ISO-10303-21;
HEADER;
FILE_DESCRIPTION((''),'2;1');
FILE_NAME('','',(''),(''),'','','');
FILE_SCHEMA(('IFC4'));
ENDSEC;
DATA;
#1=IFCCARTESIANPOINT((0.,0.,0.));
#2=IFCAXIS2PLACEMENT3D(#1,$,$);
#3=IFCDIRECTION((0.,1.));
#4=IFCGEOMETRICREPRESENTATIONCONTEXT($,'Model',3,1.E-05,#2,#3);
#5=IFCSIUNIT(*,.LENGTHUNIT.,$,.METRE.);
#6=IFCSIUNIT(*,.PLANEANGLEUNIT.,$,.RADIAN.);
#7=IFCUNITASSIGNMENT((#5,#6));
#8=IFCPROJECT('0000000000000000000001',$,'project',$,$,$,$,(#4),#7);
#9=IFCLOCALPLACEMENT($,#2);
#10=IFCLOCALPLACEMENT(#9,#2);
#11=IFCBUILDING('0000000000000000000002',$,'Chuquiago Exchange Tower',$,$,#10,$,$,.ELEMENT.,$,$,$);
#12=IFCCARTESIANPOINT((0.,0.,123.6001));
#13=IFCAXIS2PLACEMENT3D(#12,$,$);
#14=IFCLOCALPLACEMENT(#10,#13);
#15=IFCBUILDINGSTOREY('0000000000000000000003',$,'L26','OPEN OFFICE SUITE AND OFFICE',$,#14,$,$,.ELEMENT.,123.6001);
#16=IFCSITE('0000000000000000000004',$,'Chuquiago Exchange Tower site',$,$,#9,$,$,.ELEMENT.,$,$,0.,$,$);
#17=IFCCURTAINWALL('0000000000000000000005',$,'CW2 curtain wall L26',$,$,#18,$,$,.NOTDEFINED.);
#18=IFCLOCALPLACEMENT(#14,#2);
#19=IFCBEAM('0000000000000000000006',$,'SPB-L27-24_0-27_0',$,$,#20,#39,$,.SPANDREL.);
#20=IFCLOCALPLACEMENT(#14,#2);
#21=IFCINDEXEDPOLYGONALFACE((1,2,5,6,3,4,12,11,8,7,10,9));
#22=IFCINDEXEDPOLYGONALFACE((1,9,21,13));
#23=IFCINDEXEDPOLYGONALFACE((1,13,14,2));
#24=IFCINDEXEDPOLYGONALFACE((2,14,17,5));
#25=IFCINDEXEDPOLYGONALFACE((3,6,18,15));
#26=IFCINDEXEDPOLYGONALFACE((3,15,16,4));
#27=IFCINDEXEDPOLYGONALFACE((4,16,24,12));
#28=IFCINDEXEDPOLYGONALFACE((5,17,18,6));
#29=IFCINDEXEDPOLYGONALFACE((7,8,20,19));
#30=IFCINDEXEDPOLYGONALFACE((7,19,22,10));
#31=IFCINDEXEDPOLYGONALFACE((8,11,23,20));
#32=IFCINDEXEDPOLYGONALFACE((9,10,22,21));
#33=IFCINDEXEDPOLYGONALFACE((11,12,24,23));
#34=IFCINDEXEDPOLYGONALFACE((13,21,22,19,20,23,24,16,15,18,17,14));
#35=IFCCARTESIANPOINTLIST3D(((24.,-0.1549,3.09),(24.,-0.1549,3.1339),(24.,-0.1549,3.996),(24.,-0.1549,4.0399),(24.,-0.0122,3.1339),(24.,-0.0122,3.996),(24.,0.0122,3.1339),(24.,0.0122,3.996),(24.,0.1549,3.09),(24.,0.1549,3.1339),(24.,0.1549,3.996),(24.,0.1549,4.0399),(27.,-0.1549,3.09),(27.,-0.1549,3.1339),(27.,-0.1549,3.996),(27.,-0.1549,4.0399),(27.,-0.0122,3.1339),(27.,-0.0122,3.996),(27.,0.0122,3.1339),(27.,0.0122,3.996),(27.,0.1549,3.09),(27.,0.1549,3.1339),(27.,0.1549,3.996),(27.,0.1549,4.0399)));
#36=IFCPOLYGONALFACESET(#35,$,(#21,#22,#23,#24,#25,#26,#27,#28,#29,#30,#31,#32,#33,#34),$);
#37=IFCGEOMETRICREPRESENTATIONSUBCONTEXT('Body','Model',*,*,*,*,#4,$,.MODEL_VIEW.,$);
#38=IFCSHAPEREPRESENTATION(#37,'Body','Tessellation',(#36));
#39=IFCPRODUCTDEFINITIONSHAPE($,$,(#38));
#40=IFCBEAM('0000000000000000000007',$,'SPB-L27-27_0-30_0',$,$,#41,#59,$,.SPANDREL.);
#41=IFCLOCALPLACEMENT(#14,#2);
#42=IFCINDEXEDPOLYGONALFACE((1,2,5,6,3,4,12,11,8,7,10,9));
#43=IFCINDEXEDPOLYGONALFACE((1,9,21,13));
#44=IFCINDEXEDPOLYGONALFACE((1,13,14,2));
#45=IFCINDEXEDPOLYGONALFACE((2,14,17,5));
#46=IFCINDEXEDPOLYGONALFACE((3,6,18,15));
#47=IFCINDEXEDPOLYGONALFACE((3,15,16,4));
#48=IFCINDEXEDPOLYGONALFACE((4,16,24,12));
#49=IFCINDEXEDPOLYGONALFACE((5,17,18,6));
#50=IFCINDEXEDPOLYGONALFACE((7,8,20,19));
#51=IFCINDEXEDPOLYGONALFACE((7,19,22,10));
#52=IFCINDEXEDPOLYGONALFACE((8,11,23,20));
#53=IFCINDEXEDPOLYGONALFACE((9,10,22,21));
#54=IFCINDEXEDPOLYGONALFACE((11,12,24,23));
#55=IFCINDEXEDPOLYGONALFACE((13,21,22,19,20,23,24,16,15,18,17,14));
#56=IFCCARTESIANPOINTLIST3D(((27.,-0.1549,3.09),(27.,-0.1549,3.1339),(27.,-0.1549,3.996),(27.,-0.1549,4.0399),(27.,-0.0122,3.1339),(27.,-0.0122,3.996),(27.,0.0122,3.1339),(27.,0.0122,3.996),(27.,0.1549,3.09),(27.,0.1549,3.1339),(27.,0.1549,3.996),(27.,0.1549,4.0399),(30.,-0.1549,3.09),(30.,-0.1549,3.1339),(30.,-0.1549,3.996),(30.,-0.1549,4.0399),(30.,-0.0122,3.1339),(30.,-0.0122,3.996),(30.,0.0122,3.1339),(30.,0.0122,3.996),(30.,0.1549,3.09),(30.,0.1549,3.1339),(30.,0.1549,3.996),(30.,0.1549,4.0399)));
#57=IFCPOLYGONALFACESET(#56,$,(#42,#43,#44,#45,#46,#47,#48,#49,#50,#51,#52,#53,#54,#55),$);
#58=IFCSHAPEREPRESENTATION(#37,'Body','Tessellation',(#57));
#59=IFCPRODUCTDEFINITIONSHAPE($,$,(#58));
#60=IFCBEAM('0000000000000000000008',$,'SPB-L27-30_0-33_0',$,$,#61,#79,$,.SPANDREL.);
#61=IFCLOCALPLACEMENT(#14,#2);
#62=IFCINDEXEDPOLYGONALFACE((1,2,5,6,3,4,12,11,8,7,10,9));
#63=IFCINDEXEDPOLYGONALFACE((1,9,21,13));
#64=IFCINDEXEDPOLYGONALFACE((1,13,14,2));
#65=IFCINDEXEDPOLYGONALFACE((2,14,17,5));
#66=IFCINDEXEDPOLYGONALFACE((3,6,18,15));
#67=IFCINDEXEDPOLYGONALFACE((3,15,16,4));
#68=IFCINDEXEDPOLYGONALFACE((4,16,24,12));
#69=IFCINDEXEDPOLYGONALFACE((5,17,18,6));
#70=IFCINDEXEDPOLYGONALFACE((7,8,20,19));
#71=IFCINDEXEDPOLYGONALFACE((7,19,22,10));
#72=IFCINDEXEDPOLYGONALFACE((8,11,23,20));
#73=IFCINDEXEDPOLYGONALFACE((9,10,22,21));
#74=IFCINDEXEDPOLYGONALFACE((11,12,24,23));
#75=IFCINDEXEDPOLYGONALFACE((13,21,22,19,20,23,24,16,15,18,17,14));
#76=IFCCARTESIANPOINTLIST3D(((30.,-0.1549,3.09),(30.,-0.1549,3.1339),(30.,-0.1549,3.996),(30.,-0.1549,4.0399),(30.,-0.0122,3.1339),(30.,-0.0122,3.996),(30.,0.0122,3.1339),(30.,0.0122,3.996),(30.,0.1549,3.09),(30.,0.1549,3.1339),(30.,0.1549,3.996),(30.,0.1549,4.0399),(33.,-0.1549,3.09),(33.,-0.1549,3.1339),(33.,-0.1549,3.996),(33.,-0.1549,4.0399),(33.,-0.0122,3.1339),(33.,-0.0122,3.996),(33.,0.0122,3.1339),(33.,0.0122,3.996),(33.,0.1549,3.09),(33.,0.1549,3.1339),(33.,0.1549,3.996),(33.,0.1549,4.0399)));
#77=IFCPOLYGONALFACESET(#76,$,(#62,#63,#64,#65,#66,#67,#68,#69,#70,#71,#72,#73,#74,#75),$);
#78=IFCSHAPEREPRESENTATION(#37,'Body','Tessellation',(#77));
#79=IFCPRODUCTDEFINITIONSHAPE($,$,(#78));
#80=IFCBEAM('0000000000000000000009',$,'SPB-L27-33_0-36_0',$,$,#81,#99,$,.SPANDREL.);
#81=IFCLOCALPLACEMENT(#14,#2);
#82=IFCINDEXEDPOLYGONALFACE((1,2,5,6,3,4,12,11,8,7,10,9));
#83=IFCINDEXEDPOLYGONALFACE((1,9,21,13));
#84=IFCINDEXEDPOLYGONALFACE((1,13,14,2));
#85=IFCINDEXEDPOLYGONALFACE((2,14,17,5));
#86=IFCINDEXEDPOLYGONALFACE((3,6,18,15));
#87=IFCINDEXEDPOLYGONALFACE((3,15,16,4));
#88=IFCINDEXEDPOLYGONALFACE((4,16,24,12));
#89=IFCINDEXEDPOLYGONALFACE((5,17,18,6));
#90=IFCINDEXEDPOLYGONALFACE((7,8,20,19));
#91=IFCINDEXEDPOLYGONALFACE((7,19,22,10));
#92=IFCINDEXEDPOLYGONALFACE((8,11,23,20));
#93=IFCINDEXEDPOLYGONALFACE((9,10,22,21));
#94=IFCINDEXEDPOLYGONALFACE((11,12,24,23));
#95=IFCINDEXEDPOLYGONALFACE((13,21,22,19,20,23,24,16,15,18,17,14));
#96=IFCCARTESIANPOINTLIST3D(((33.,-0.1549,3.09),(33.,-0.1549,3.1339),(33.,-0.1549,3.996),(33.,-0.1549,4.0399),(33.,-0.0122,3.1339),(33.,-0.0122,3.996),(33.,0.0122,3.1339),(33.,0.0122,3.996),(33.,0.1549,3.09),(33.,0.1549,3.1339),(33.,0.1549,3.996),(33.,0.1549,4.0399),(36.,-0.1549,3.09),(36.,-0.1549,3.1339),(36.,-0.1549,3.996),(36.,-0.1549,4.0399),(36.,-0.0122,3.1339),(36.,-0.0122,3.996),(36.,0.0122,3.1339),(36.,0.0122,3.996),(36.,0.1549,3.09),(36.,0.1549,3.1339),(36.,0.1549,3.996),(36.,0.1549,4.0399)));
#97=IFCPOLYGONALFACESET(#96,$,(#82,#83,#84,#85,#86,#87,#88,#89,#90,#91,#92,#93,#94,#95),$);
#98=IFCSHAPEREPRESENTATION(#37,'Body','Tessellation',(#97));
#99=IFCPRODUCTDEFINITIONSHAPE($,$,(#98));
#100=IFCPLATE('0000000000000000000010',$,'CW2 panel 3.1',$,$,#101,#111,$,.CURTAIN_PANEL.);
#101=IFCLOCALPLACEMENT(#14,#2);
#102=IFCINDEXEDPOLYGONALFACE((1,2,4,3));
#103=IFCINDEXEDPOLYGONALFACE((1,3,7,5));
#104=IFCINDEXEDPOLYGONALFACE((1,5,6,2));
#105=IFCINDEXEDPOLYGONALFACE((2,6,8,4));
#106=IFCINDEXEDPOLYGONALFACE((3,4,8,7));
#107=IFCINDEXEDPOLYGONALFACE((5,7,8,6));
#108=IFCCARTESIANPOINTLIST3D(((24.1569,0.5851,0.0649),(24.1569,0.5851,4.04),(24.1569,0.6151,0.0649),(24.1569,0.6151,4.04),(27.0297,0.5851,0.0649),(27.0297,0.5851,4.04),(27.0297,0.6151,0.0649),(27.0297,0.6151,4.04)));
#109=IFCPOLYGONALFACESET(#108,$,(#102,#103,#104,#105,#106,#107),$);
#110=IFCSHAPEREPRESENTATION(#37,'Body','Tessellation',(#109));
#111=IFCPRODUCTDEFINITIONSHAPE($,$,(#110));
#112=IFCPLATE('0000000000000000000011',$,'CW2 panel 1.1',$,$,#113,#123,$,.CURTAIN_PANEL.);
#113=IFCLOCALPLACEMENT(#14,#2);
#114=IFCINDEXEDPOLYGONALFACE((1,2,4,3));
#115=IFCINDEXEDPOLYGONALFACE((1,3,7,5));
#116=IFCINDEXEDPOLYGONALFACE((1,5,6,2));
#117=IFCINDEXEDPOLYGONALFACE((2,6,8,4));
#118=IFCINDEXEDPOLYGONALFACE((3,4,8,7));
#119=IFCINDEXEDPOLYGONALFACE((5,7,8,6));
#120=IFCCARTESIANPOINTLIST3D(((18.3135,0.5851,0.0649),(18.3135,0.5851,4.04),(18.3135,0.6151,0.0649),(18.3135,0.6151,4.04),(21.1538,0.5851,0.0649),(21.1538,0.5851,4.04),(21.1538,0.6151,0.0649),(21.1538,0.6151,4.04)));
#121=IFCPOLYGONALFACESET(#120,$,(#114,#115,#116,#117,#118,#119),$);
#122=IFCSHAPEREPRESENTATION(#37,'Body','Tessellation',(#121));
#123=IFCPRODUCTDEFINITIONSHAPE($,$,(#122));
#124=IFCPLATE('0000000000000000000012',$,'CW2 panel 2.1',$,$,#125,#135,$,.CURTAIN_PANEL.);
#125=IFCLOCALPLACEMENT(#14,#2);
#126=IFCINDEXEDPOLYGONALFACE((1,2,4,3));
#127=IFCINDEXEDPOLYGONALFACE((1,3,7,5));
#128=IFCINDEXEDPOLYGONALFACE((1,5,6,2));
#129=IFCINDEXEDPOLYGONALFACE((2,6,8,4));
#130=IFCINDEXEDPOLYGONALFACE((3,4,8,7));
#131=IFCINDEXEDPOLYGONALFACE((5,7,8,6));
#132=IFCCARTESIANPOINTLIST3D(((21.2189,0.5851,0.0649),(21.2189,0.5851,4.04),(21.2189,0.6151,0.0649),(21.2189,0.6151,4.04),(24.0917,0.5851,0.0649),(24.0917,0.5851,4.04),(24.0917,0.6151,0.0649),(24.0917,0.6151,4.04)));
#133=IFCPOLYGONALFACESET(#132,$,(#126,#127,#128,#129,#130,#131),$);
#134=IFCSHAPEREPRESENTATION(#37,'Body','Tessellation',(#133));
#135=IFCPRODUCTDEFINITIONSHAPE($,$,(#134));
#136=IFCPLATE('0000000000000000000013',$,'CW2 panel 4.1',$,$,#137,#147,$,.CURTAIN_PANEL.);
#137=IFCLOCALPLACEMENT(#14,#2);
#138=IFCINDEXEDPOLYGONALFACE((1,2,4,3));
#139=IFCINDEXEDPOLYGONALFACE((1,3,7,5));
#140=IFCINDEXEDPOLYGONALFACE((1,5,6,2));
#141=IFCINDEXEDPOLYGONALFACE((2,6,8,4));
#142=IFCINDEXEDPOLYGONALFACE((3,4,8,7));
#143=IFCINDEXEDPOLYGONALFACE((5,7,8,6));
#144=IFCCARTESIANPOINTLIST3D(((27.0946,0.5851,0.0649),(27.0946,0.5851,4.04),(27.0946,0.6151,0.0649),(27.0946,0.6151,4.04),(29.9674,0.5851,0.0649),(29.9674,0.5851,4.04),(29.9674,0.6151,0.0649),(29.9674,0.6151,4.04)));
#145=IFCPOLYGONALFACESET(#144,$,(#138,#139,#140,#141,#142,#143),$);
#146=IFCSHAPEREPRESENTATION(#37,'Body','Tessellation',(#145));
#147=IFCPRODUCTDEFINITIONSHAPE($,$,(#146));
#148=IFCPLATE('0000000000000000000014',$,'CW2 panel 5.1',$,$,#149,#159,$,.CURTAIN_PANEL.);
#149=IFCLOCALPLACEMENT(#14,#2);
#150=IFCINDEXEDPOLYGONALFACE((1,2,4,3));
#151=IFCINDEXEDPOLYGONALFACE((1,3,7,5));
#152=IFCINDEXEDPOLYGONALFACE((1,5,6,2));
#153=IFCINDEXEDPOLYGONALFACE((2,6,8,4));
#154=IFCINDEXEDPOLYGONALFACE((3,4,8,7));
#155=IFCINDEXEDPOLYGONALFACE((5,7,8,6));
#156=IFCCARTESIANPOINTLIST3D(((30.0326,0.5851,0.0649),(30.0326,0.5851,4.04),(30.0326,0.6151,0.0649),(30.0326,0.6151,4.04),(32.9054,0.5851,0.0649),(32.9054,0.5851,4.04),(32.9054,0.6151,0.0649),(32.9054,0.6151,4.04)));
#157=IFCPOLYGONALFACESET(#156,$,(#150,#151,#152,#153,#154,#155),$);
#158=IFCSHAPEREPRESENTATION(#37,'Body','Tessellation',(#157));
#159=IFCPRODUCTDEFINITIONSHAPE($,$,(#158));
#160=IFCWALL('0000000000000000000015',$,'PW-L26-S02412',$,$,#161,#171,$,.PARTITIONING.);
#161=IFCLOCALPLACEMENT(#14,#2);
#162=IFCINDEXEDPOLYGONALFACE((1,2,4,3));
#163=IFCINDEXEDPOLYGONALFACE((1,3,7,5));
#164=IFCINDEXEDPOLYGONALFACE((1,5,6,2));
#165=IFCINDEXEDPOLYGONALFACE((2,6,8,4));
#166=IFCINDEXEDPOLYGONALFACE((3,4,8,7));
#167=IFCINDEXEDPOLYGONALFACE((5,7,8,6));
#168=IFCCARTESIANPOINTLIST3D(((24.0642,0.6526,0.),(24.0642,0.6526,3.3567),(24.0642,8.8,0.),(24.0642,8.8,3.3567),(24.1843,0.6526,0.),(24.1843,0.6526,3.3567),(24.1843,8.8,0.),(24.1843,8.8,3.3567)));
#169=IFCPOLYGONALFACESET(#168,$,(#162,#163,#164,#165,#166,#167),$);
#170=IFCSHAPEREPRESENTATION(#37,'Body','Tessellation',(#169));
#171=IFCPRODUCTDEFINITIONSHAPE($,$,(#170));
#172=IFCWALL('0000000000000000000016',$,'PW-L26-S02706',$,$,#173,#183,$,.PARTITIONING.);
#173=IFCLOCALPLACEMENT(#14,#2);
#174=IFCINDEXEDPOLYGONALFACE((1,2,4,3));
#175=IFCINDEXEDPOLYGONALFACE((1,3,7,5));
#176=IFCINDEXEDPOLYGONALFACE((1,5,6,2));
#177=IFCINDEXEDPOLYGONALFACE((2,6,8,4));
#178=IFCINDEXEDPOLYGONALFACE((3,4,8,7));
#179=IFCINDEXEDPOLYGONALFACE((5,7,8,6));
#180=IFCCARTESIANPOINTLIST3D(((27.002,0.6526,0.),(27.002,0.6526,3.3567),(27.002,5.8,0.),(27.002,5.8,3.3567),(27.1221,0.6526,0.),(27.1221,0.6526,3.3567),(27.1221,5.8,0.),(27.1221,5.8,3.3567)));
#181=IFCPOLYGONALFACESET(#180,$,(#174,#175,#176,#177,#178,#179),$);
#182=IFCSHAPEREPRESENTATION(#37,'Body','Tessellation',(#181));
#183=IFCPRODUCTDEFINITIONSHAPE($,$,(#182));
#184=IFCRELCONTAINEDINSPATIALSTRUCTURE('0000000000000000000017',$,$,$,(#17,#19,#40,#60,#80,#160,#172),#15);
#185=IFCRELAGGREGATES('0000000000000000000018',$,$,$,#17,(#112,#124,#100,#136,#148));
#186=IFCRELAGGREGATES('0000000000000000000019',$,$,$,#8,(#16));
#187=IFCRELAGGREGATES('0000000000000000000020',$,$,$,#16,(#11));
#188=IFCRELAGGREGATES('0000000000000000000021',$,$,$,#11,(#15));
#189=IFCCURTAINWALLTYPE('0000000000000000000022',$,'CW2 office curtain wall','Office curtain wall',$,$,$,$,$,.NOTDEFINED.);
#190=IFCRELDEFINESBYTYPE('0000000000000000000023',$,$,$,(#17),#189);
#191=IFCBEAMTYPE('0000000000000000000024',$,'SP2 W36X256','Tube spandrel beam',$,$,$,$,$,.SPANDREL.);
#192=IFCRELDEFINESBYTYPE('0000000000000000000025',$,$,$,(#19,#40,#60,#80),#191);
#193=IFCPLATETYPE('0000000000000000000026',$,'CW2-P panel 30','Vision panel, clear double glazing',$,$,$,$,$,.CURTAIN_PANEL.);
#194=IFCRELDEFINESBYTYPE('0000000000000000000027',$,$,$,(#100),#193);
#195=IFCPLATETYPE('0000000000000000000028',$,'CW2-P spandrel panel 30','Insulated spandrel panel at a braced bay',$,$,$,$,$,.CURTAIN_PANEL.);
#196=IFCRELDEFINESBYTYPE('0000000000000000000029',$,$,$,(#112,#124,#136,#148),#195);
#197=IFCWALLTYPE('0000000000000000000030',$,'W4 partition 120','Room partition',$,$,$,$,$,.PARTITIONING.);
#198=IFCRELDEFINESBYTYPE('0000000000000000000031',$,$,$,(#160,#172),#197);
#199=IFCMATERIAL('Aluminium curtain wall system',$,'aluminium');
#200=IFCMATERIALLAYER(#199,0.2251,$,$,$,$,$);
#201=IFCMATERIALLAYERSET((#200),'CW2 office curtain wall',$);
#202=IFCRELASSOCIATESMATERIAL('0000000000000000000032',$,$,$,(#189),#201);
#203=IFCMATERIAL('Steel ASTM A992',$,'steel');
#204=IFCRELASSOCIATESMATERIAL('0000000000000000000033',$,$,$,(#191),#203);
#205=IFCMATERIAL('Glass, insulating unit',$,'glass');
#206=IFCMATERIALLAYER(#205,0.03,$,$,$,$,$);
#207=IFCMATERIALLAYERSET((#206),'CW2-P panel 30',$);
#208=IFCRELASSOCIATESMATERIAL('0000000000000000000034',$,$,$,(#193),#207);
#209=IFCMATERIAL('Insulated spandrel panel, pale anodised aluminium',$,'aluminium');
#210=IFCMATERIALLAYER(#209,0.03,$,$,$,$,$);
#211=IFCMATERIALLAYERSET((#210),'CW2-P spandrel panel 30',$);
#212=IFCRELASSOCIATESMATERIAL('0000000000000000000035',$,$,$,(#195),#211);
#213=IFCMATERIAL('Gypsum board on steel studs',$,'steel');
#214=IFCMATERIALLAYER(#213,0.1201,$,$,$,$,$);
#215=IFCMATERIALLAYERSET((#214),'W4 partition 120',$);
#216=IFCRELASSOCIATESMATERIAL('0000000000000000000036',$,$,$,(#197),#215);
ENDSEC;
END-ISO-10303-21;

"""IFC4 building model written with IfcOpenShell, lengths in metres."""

from ifc_helpers import new_model, si_unit, direction, frame, frame_2d, origin, origin_2d, place, context, subcontext, project, spatial, rectangle, i_section, extrude, material, layer, layer_set, material_profile, profile_set, type_object, element, aggregate, save


model = new_model("IFC4")

# Units and contexts
model_context = context("Model", 3, precision=1e-05, world=origin(), true_north=direction((0.0, 1.0)))
body_context = subcontext(model_context, "Body", "Model", "MODEL_VIEW")
ifc_project = project(units=[si_unit("LENGTHUNIT", "METRE"), si_unit("PLANEANGLEUNIT", "RADIAN")], contexts=[model_context])

# Site, building, storey
site_placement = place(None, origin())
site = spatial("IfcSite", under=ifc_project, at=site_placement, Name="Chuquiago Exchange Tower site", CompositionType="ELEMENT", RefElevation=0.0)
building_placement = place(site_placement, origin())
building = spatial("IfcBuilding", under=site, at=building_placement, Name="Chuquiago Exchange Tower", CompositionType="ELEMENT")
storey_placement = place(building_placement, frame((0.0, 0.0, 123.6001)))
storey = spatial("IfcBuildingStorey", under=building, at=storey_placement, Name="L26", Description="OPEN OFFICE SUITE AND OFFICE", CompositionType="ELEMENT", Elevation=123.6001)

# Curtain wall
ifc_material_1 = material(Name="Aluminium curtain wall system", Category="aluminium")
ifc_layer_1 = layer(ifc_material_1, 0.2251)
ifc_layer_set_1 = layer_set([ifc_layer_1], Name="CW2 office curtain wall")
curtain_wall_type_1 = type_object("IfcCurtainWallType", Name="CW2 office curtain wall", Description="Office curtain wall", PredefinedType="NOTDEFINED", material=ifc_layer_set_1)
curtain_wall_1_placement = place(storey_placement, origin())
curtain_wall_1 = element("IfcCurtainWall", 1, at=curtain_wall_1_placement, inside=storey, type_object=curtain_wall_type_1, Name="CW2 curtain wall L26", PredefinedType="NOTDEFINED")

# Beams
ifc_material_2 = material(Name="Steel ASTM A992", Category="steel")
ifc_material_profile_1 = material_profile(ifc_material_2, i_section(OverallWidth=0.3098, OverallDepth=0.95, WebThickness=0.0244, FlangeThickness=0.0439, at=origin_2d()), Name="W36X256")
ifc_profile_set_1 = profile_set([ifc_material_profile_1], Name="Steel ASTM A992")
beam_type = type_object("IfcBeamType", Name="SP2 W36X256", Description="Tube spandrel beam", PredefinedType="SPANDREL", material=ifc_profile_set_1)
for number, where, z_axis, x_axis, name in (
    (2, (24.0, 0.0, 3.5649), (1.0, 0.0, 0.0), (0.0, 1.0, 0.0), "SPB-L27-24_0-27_0"),
    (3, (27.0, 0.0, 3.5649), (1.0, 0.0, 0.0), (0.0, 1.0, 0.0), "SPB-L27-27_0-30_0"),
    (4, (30.0, 0.0, 3.5649), (1.0, 0.0, 0.0), (0.0, 1.0, 0.0), "SPB-L27-30_0-33_0"),
    (5, (33.0, 0.0, 3.5649), (1.0, 0.0, 0.0), (0.0, 1.0, 0.0), "SPB-L27-33_0-36_0"),
):
    element("IfcBeam", number, at=place(storey_placement, frame(where, z_axis=z_axis, x_axis=x_axis)), inside=storey, type_object=beam_type, Name=name, PredefinedType="SPANDREL", context=body_context, shape_type="SweptSolid", body=[
        extrude(i_section(OverallWidth=0.3098, OverallDepth=0.95, WebThickness=0.0244, FlangeThickness=0.0439, at=origin_2d()), origin(), (0.0, 0.0, 1.0), 3.0),
    ])

# Plates
ifc_material_3 = material(Name="Glass, insulating unit", Category="glass")
ifc_layer_2 = layer(ifc_material_3, 0.03)
ifc_layer_set_2 = layer_set([ifc_layer_2], Name="CW2-P panel 30")
plate_type_1 = type_object("IfcPlateType", Name="CW2-P panel 30", Description="Vision panel, clear double glazing", PredefinedType="CURTAIN_PANEL", material=ifc_layer_set_2)
plate_1_placement = place(storey_placement, frame((25.5933, 0.6001, 0.0649), z_axis=(0.0, 0.0, 1.0), x_axis=(1.0, 0.0, 0.0)))
plate_1 = element("IfcPlate", 6, at=plate_1_placement, type_object=plate_type_1, Name="CW2 panel 3.1", PredefinedType="CURTAIN_PANEL", context=body_context, shape_type="SweptSolid", body=[
    extrude(rectangle(XDim=2.8728, YDim=0.03, at=origin_2d()), origin(), (0.0, 0.0, 1.0), 3.9751),
])
ifc_material_4 = material(Name="Insulated spandrel panel, pale anodised aluminium", Category="aluminium")
ifc_layer_3 = layer(ifc_material_4, 0.03)
ifc_layer_set_3 = layer_set([ifc_layer_3], Name="CW2-P spandrel panel 30")
plate_type_2 = type_object("IfcPlateType", Name="CW2-P spandrel panel 30", Description="Insulated spandrel panel at a braced bay", PredefinedType="CURTAIN_PANEL", material=ifc_layer_set_3)
plate_2_placement = place(storey_placement, frame((19.7336, 0.6001, 0.0649), z_axis=(0.0, 0.0, 1.0), x_axis=(1.0, 0.0, 0.0)))
plate_2 = element("IfcPlate", 7, at=plate_2_placement, type_object=plate_type_2, Name="CW2 panel 1.1", PredefinedType="CURTAIN_PANEL", context=body_context, shape_type="SweptSolid", body=[
    extrude(rectangle(XDim=2.8403, YDim=0.03, at=origin_2d()), origin(), (0.0, 0.0, 1.0), 3.9751),
])
plate_3_placement = place(storey_placement, frame((22.6553, 0.6001, 0.0649), z_axis=(0.0, 0.0, 1.0), x_axis=(1.0, 0.0, 0.0)))
plate_3 = element("IfcPlate", 8, at=plate_3_placement, type_object=plate_type_2, Name="CW2 panel 2.1", PredefinedType="CURTAIN_PANEL", context=body_context, shape_type="SweptSolid", body=[
    extrude(rectangle(XDim=2.8728, YDim=0.03, at=origin_2d()), origin(), (0.0, 0.0, 1.0), 3.9751),
])
plate_4_placement = place(storey_placement, frame((28.531, 0.6001, 0.0649), z_axis=(0.0, 0.0, 1.0), x_axis=(1.0, 0.0, 0.0)))
plate_4 = element("IfcPlate", 9, at=plate_4_placement, type_object=plate_type_2, Name="CW2 panel 4.1", PredefinedType="CURTAIN_PANEL", context=body_context, shape_type="SweptSolid", body=[
    extrude(rectangle(XDim=2.8728, YDim=0.03, at=origin_2d()), origin(), (0.0, 0.0, 1.0), 3.9751),
])
plate_5_placement = place(storey_placement, frame((31.469, 0.6001, 0.0649), z_axis=(0.0, 0.0, 1.0), x_axis=(1.0, 0.0, 0.0)))
plate_5 = element("IfcPlate", 10, at=plate_5_placement, type_object=plate_type_2, Name="CW2 panel 5.1", PredefinedType="CURTAIN_PANEL", context=body_context, shape_type="SweptSolid", body=[
    extrude(rectangle(XDim=2.8728, YDim=0.03, at=origin_2d()), origin(), (0.0, 0.0, 1.0), 3.9751),
])
aggregate(curtain_wall_1, [plate_2, plate_3, plate_1, plate_4, plate_5])

# Walls
ifc_material_5 = material(Name="Gypsum board on steel studs", Category="steel")
ifc_layer_4 = layer(ifc_material_5, 0.1201)
ifc_layer_set_4 = layer_set([ifc_layer_4], Name="W4 partition 120")
wall_type = type_object("IfcWallType", Name="W4 partition 120", Description="Room partition", PredefinedType="PARTITIONING", material=ifc_layer_set_4)
wall_1_placement = place(storey_placement, frame((24.1243, 0.6526, 0.0), z_axis=(0.0, 0.0, 1.0), x_axis=(0.0, 1.0, 0.0)))
element("IfcWall", 11, at=wall_1_placement, inside=storey, type_object=wall_type, Name="PW-L26-S02412", PredefinedType="PARTITIONING", context=body_context, shape_type="SweptSolid", body=[
    extrude(rectangle(XDim=8.1475, YDim=0.1201, at=frame_2d((4.0737, 0.0))), origin(), (0.0, 0.0, 1.0), 3.3567),
])
wall_2_placement = place(storey_placement, frame((27.062, 0.6526, 0.0), z_axis=(0.0, 0.0, 1.0), x_axis=(0.0, 1.0, 0.0)))
element("IfcWall", 12, at=wall_2_placement, inside=storey, type_object=wall_type, Name="PW-L26-S02706", PredefinedType="PARTITIONING", context=body_context, shape_type="SweptSolid", body=[
    extrude(rectangle(XDim=5.1475, YDim=0.1201, at=frame_2d((2.5737, 0.0))), origin(), (0.0, 0.0, 1.0), 3.3567),
])

save(model, "model.ifc")
